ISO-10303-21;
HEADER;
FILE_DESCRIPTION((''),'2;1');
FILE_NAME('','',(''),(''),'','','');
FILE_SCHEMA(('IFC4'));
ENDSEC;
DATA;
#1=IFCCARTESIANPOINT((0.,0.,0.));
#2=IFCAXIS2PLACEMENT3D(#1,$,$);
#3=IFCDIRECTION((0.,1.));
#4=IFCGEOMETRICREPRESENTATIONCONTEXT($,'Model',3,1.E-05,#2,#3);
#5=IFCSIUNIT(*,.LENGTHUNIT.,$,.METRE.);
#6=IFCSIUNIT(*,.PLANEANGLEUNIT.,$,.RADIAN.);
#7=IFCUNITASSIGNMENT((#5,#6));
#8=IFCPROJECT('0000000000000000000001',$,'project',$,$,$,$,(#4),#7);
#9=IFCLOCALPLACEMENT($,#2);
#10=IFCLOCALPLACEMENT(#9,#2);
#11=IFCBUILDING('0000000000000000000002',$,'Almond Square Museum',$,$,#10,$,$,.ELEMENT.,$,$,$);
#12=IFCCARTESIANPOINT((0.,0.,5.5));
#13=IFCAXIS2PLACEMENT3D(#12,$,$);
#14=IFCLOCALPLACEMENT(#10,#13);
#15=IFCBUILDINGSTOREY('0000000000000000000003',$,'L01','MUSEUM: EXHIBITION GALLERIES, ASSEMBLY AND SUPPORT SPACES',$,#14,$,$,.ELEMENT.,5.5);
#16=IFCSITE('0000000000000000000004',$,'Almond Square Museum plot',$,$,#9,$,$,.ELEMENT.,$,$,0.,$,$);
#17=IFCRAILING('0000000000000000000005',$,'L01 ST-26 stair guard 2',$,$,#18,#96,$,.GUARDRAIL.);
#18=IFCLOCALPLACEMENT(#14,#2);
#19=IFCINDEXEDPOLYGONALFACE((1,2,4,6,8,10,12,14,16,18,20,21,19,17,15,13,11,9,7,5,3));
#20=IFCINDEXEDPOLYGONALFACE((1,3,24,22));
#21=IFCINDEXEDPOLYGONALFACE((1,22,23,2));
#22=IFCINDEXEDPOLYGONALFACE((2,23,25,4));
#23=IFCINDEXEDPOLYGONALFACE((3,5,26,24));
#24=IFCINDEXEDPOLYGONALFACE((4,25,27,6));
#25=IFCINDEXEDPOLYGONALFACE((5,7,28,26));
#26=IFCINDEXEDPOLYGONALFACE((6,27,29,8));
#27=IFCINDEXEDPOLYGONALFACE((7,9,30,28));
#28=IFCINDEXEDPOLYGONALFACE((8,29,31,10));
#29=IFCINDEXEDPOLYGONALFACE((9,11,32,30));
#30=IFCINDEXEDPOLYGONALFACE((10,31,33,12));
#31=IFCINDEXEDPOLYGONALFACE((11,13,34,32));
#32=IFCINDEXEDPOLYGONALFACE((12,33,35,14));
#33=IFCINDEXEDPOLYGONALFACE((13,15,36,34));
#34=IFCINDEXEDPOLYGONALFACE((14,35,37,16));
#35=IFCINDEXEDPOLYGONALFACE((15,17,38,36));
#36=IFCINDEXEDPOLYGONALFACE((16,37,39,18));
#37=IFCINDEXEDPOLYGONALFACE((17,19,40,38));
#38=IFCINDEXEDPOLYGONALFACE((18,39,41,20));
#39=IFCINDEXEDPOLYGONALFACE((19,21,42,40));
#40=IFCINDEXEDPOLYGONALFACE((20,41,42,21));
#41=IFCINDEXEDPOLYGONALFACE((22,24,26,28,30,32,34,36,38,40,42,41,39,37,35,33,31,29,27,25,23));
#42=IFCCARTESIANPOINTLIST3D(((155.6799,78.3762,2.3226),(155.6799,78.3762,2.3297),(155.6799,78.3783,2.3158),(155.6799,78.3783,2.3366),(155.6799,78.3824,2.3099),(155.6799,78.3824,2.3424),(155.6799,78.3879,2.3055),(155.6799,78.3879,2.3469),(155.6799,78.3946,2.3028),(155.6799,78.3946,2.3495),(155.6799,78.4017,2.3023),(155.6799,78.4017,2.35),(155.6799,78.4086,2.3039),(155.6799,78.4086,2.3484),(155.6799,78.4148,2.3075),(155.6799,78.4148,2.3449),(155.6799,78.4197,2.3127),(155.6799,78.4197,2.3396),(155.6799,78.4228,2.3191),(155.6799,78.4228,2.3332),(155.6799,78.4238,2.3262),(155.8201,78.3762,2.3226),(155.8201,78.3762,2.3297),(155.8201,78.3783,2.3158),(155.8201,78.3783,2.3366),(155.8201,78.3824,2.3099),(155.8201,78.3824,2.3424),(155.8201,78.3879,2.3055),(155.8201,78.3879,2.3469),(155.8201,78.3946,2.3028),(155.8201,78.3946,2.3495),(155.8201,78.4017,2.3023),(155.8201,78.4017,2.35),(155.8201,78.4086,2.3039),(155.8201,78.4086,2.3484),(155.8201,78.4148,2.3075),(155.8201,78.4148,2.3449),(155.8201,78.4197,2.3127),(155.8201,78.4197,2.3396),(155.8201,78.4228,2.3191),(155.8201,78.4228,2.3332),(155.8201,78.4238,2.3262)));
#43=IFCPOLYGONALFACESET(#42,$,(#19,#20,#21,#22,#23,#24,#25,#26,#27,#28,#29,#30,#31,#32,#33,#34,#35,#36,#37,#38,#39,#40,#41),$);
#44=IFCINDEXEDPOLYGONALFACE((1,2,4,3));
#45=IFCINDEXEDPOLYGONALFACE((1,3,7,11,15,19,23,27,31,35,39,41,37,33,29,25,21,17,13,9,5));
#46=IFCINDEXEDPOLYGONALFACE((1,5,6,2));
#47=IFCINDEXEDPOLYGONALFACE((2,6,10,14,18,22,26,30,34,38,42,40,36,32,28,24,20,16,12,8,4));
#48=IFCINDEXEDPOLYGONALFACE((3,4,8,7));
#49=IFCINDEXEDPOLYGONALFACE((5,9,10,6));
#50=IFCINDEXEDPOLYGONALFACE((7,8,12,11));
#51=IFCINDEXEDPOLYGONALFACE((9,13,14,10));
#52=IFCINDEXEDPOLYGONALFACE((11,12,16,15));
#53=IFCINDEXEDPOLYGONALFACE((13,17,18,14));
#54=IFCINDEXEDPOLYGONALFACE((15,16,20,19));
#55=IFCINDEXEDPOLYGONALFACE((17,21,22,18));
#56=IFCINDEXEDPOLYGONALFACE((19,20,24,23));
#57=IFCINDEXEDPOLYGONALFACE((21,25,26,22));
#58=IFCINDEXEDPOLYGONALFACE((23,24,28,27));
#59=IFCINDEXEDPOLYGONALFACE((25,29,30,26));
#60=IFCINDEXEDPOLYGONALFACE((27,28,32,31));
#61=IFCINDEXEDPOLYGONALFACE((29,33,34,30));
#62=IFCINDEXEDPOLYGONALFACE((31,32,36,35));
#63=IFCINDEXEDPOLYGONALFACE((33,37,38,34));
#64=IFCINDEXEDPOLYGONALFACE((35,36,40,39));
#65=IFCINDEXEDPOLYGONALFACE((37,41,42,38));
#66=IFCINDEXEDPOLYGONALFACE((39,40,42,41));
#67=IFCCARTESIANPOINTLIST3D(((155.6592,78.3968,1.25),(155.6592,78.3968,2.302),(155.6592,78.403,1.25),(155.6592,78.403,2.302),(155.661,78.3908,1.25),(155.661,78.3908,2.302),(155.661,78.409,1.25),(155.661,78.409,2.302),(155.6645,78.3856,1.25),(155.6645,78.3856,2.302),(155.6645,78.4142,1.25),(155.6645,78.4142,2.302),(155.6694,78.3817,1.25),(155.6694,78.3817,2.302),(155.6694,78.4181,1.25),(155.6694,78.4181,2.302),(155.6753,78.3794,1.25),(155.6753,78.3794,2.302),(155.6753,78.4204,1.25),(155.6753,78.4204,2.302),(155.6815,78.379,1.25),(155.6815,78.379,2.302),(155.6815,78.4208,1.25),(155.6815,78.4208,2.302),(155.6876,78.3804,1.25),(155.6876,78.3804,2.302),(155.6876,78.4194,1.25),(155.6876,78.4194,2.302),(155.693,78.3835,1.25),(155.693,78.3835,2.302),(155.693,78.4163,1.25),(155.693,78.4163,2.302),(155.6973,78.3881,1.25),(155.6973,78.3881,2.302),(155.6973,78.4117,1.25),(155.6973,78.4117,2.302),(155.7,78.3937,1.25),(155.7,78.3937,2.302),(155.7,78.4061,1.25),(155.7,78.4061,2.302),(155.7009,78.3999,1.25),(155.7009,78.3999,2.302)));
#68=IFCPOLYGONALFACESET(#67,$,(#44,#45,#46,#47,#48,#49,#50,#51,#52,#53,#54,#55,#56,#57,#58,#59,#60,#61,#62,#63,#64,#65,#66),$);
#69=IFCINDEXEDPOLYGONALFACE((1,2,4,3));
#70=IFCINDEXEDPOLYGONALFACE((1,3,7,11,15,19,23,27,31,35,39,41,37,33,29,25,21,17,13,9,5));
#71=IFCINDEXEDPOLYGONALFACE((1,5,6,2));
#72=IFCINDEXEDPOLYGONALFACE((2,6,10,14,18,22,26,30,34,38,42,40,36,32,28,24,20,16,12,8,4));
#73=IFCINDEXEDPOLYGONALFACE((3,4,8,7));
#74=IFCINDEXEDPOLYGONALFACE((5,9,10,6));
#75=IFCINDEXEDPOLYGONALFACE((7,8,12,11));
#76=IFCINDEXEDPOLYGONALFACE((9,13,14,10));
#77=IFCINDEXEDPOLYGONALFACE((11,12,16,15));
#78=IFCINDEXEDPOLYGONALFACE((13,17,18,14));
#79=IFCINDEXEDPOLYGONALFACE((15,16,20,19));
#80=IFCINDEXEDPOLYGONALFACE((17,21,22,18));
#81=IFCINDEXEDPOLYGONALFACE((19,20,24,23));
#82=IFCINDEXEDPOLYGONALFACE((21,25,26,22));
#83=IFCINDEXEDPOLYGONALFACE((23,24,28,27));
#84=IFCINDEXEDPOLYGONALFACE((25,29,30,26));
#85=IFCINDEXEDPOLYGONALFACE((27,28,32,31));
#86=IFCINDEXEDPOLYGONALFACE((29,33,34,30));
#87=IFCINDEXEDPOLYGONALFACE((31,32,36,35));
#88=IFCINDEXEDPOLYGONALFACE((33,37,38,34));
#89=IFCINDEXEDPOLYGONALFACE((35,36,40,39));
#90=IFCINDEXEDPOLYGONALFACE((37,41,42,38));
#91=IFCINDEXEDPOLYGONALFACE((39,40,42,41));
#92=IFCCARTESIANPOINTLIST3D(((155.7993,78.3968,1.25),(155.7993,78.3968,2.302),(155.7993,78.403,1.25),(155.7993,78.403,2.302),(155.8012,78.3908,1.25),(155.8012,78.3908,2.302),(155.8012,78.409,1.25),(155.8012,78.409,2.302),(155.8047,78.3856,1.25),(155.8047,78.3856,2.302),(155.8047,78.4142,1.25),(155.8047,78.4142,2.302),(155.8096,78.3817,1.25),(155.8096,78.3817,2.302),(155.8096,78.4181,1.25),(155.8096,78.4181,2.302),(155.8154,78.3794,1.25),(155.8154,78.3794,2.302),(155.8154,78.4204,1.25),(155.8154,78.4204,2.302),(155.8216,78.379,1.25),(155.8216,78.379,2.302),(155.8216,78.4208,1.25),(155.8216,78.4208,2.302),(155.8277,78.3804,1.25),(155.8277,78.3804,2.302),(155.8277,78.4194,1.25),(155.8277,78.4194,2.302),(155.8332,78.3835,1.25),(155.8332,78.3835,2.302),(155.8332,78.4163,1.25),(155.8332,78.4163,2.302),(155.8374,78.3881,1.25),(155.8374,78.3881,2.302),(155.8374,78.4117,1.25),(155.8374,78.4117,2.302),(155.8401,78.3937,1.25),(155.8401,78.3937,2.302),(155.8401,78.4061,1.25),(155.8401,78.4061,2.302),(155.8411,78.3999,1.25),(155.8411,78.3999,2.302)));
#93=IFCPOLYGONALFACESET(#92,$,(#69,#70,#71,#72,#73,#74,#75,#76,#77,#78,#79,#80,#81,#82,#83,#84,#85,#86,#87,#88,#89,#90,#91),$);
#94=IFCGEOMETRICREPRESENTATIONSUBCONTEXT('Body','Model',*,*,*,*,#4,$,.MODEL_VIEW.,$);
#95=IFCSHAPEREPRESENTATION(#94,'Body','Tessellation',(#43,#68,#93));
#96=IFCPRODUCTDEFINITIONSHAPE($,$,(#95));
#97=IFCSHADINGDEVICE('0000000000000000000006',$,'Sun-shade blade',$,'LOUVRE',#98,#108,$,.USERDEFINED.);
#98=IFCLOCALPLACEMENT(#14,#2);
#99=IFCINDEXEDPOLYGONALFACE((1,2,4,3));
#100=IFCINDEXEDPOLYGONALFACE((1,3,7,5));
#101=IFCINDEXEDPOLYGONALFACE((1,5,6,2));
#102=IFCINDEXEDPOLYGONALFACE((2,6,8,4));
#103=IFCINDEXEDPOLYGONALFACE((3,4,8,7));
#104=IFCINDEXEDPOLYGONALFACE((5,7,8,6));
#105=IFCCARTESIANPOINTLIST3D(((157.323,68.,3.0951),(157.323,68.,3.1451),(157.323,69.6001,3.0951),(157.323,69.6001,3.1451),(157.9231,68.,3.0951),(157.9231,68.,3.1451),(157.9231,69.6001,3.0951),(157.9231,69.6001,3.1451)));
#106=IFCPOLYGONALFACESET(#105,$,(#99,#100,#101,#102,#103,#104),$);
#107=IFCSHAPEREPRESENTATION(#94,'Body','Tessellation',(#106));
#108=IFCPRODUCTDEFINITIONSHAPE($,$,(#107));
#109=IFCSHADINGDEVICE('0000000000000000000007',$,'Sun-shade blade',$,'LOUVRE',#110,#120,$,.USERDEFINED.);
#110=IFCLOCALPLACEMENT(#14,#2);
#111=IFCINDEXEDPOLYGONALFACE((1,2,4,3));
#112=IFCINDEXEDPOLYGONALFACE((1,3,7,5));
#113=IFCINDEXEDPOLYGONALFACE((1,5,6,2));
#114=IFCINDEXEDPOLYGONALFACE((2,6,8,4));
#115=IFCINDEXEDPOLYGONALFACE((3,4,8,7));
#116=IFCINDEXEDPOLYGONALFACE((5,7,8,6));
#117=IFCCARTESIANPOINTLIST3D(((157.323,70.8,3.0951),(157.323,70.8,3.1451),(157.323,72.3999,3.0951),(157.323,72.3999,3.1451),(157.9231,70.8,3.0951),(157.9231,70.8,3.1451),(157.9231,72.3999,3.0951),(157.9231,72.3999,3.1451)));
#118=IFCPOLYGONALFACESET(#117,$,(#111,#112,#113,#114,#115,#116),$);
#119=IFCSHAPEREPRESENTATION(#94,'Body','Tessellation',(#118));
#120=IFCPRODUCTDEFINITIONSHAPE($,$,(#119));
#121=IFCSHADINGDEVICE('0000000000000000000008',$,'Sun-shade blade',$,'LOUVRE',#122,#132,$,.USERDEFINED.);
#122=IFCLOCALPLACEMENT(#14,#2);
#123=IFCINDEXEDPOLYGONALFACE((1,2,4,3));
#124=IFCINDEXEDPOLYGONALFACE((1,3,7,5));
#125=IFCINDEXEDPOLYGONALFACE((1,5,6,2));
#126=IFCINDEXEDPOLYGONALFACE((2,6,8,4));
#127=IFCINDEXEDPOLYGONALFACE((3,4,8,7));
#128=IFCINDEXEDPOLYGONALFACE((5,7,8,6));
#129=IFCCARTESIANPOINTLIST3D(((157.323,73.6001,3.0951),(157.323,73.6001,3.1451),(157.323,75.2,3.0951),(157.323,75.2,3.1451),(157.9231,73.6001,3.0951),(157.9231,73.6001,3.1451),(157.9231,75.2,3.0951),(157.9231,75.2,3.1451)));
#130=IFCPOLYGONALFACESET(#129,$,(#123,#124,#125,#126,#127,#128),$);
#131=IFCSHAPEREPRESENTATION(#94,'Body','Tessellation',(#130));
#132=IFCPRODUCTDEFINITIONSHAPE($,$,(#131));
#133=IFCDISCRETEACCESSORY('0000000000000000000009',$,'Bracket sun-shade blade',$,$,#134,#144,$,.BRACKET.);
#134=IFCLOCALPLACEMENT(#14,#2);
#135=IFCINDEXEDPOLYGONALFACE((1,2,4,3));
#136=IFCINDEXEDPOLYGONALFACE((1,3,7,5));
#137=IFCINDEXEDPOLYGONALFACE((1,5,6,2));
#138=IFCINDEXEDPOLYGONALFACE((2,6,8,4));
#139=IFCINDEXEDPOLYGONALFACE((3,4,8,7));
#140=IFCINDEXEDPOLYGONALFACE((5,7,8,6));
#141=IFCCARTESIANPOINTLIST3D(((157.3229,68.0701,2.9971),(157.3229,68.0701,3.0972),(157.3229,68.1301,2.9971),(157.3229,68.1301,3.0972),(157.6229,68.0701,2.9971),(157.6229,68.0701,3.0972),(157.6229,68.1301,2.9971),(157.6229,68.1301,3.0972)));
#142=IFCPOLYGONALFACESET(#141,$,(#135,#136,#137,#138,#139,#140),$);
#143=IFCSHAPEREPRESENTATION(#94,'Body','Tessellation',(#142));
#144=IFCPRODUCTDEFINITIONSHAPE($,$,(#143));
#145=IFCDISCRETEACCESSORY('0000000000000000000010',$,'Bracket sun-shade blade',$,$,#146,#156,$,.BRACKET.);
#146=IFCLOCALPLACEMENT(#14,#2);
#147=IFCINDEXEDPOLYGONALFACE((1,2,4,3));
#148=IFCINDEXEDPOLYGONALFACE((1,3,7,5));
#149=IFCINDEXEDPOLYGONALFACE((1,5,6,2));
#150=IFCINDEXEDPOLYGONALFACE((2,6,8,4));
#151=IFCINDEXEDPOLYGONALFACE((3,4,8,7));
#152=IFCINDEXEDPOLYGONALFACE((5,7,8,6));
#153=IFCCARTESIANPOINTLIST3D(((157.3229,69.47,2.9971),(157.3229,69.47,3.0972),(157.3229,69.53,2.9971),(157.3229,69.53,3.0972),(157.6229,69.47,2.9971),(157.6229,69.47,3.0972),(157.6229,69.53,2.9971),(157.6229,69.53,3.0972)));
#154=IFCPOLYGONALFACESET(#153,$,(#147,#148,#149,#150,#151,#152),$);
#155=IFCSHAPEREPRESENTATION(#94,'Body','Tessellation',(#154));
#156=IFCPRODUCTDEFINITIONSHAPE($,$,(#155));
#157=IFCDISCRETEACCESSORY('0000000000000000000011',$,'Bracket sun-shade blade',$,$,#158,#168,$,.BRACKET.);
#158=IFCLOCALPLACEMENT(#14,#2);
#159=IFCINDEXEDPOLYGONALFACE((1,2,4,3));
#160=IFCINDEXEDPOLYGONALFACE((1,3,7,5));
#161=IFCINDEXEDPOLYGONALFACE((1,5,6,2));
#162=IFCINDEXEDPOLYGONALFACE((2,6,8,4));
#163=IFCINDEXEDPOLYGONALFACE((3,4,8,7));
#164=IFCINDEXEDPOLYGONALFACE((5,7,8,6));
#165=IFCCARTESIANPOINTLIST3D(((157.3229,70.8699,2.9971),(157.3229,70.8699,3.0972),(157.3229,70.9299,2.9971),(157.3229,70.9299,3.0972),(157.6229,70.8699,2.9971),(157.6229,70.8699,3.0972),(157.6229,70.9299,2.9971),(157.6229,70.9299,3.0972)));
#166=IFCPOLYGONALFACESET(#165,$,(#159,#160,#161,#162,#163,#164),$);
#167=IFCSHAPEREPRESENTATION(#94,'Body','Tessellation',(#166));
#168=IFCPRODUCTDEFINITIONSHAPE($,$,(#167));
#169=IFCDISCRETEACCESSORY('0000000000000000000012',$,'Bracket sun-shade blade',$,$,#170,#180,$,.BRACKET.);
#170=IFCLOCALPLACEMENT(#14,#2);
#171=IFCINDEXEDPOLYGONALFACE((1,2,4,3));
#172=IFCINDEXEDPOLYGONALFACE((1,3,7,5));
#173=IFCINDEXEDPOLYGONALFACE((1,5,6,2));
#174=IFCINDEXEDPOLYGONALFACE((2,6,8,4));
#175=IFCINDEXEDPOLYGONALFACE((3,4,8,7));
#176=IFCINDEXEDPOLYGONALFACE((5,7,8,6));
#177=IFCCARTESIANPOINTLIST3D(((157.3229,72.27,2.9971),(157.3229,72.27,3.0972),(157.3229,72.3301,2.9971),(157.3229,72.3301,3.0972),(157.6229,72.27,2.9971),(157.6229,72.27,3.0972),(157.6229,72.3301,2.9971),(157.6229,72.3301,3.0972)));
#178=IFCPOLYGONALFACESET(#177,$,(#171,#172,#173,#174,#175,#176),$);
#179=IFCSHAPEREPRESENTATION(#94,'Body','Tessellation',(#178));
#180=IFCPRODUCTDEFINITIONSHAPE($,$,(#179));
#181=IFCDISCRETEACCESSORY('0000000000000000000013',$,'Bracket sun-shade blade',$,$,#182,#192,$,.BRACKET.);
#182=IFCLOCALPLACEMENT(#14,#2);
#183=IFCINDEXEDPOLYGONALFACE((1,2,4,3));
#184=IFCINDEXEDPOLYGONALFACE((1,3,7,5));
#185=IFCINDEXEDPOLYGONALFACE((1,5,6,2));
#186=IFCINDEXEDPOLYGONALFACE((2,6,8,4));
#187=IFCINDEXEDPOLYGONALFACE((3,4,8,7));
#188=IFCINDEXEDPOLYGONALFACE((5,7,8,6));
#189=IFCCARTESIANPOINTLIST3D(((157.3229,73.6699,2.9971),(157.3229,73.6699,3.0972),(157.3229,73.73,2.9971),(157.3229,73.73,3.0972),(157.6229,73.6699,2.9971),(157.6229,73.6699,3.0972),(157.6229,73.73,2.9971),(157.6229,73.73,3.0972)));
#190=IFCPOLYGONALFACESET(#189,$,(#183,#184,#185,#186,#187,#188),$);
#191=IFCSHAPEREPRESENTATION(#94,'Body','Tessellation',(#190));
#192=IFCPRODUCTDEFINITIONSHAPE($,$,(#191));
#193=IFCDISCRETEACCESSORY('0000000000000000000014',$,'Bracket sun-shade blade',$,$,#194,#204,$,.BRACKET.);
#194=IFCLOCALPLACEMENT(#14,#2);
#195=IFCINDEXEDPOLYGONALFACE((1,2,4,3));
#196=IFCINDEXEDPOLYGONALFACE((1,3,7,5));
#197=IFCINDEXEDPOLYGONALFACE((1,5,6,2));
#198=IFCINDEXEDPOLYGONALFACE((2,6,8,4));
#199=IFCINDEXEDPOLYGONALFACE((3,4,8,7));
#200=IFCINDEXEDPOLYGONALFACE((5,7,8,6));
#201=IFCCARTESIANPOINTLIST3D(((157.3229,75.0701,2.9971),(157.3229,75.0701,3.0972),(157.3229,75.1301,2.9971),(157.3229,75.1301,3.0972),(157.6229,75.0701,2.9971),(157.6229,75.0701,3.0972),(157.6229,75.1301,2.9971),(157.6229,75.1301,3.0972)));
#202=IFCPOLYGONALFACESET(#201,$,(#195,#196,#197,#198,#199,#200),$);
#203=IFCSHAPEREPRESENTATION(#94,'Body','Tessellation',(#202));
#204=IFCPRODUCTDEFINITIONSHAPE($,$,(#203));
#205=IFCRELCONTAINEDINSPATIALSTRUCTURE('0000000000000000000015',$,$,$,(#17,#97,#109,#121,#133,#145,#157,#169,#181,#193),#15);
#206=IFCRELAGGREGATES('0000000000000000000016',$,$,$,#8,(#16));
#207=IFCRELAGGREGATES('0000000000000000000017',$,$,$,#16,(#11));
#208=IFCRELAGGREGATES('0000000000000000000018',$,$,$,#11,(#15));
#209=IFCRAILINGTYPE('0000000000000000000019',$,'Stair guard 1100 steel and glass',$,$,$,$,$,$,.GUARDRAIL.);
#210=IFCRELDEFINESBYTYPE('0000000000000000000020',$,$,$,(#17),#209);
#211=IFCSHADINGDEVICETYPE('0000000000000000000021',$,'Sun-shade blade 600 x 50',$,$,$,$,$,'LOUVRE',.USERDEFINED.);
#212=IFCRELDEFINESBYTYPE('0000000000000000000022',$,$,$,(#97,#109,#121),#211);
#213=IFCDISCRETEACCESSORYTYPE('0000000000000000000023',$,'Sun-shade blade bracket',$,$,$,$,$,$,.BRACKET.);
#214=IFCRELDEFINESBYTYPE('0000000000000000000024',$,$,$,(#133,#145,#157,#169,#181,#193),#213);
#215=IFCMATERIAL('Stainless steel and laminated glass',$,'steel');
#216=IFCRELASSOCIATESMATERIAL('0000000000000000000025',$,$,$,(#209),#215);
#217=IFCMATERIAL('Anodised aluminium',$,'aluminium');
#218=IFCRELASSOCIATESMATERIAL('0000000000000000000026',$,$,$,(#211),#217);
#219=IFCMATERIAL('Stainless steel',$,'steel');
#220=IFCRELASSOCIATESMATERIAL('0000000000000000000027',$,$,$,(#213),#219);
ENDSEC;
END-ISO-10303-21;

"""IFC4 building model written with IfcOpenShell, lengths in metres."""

from ifc_helpers import new_model, si_unit, direction, frame, origin, origin_2d, place, context, subcontext, project, spatial, rectangle, circle, extrude, material, material_profile, profile_set, type_object, element, save


model = new_model("IFC4")

# Units and contexts
model_context = context("Model", 3, precision=1e-05, world=origin(), true_north=direction((0.0, 1.0)))
body_context = subcontext(model_context, "Body", "Model", "MODEL_VIEW")
ifc_project = project(units=[si_unit("LENGTHUNIT", "METRE"), si_unit("PLANEANGLEUNIT", "RADIAN")], contexts=[model_context])

# Site, building, storey
site_placement = place(None, origin())
site = spatial("IfcSite", under=ifc_project, at=site_placement, Name="Almond Square Museum plot", CompositionType="ELEMENT", RefElevation=0.0)
building_placement = place(site_placement, origin())
building = spatial("IfcBuilding", under=site, at=building_placement, Name="Almond Square Museum", CompositionType="ELEMENT")
storey_placement = place(building_placement, frame((0.0, 0.0, 5.5)))
storey = spatial("IfcBuildingStorey", under=building, at=storey_placement, Name="L01", Description="MUSEUM: EXHIBITION GALLERIES, ASSEMBLY AND SUPPORT SPACES", CompositionType="ELEMENT", Elevation=5.5)

# Railing
ifc_material_1 = material(Name="Stainless steel and laminated glass", Category="steel")
railing_type = type_object("IfcRailingType", Name="Stair guard 1100 steel and glass", PredefinedType="GUARDRAIL", material=ifc_material_1)
for number, where, name in (
    (1, (155.6799, 78.3999, 1.25), "L01 ST-26 stair guard 2"),
):
    element("IfcRailing", number, at=place(storey_placement, frame(where)), inside=storey, type_object=railing_type, Name=name, PredefinedType="GUARDRAIL", context=body_context, shape_type="SweptSolid", body=[
        extrude(circle(Radius=0.0239, at=origin_2d()), frame((0.0, 0.0, 1.0762), z_axis=(1.0, 0.0, 0.0), x_axis=(0.0, 1.0, 0.0)), (0.0, 0.0, 1.0), 0.1401),
        extrude(circle(Radius=0.021, at=origin_2d()), origin(), (0.0, 0.0, 1.0), 1.052),
        extrude(circle(Radius=0.021, at=origin_2d()), frame((0.1401, 0.0, 0.0)), (0.0, 0.0, 1.0), 1.052),
    ])

# Shading devices
ifc_material_2 = material(Name="Anodised aluminium", Category="aluminium")
ifc_material_profile_1 = material_profile(ifc_material_2, rectangle(XDim=0.6001, YDim=0.05, at=origin_2d()))
ifc_profile_set_1 = profile_set([ifc_material_profile_1], Name="Anodised aluminium")
shading_device_type = type_object("IfcShadingDeviceType", Name="Sun-shade blade 600 x 50", ElementType="LOUVRE", PredefinedType="USERDEFINED", material=ifc_profile_set_1)
shading_device_placement = place(storey_placement, frame((157.623, 68.0, 3.1201), z_axis=(0.0, 1.0, 0.0), x_axis=(-1.0, 0.0, 0.0)))
element("IfcShadingDevice", 2, at=shading_device_placement, inside=storey, type_object=shading_device_type, Name="Sun-shade blade", ObjectType="LOUVRE", PredefinedType="USERDEFINED", context=body_context, shape_type="SweptSolid", body=[
    extrude(rectangle(XDim=0.6001, YDim=0.05, at=origin_2d()), origin(), (0.0, 0.0, 1.0), 1.6001),
])
for number, where, z_axis, x_axis, name in (
    (3, (157.623, 70.8, 3.1201), (0.0, 1.0, 0.0), (-1.0, 0.0, 0.0), "Sun-shade blade"),
    (4, (157.623, 73.6001, 3.1201), (0.0, 1.0, 0.0), (-1.0, 0.0, 0.0), "Sun-shade blade"),
):
    element("IfcShadingDevice", number, at=place(storey_placement, frame(where, z_axis=z_axis, x_axis=x_axis)), inside=storey, type_object=shading_device_type, Name=name, ObjectType="LOUVRE", PredefinedType="USERDEFINED", context=body_context, shape_type="SweptSolid", body=[
        extrude(rectangle(XDim=0.6001, YDim=0.05, at=origin_2d()), origin(), (0.0, 0.0, 1.0), 1.5999),
    ])

# Discrete accessories
ifc_material_3 = material(Name="Stainless steel", Category="steel")
discrete_accessory_type = type_object("IfcDiscreteAccessoryType", Name="Sun-shade blade bracket", PredefinedType="BRACKET", material=ifc_material_3)
for number, where, z_axis, x_axis, name in (
    (5, (157.4729, 68.1001, 2.9971), (0.0, 0.0, 1.0), (1.0, 0.0, 0.0), "Bracket sun-shade blade"),
    (6, (157.4729, 69.5, 2.9971), (0.0, 0.0, 1.0), (1.0, 0.0, 0.0), "Bracket sun-shade blade"),
    (7, (157.4729, 70.8999, 2.9971), (0.0, 0.0, 1.0), (1.0, 0.0, 0.0), "Bracket sun-shade blade"),
    (8, (157.4729, 72.3, 2.9971), (0.0, 0.0, 1.0), (1.0, 0.0, 0.0), "Bracket sun-shade blade"),
    (9, (157.4729, 73.7, 2.9971), (0.0, 0.0, 1.0), (1.0, 0.0, 0.0), "Bracket sun-shade blade"),
    (10, (157.4729, 75.1001, 2.9971), (0.0, 0.0, 1.0), (1.0, 0.0, 0.0), "Bracket sun-shade blade"),
):
    element("IfcDiscreteAccessory", number, at=place(storey_placement, frame(where, z_axis=z_axis, x_axis=x_axis)), inside=storey, type_object=discrete_accessory_type, Name=name, PredefinedType="BRACKET", context=body_context, shape_type="SweptSolid", body=[
        extrude(rectangle(XDim=0.3, YDim=0.0601, at=origin_2d()), origin(), (0.0, 0.0, 1.0), 0.1001),
    ])

save(model, "model.ifc")
